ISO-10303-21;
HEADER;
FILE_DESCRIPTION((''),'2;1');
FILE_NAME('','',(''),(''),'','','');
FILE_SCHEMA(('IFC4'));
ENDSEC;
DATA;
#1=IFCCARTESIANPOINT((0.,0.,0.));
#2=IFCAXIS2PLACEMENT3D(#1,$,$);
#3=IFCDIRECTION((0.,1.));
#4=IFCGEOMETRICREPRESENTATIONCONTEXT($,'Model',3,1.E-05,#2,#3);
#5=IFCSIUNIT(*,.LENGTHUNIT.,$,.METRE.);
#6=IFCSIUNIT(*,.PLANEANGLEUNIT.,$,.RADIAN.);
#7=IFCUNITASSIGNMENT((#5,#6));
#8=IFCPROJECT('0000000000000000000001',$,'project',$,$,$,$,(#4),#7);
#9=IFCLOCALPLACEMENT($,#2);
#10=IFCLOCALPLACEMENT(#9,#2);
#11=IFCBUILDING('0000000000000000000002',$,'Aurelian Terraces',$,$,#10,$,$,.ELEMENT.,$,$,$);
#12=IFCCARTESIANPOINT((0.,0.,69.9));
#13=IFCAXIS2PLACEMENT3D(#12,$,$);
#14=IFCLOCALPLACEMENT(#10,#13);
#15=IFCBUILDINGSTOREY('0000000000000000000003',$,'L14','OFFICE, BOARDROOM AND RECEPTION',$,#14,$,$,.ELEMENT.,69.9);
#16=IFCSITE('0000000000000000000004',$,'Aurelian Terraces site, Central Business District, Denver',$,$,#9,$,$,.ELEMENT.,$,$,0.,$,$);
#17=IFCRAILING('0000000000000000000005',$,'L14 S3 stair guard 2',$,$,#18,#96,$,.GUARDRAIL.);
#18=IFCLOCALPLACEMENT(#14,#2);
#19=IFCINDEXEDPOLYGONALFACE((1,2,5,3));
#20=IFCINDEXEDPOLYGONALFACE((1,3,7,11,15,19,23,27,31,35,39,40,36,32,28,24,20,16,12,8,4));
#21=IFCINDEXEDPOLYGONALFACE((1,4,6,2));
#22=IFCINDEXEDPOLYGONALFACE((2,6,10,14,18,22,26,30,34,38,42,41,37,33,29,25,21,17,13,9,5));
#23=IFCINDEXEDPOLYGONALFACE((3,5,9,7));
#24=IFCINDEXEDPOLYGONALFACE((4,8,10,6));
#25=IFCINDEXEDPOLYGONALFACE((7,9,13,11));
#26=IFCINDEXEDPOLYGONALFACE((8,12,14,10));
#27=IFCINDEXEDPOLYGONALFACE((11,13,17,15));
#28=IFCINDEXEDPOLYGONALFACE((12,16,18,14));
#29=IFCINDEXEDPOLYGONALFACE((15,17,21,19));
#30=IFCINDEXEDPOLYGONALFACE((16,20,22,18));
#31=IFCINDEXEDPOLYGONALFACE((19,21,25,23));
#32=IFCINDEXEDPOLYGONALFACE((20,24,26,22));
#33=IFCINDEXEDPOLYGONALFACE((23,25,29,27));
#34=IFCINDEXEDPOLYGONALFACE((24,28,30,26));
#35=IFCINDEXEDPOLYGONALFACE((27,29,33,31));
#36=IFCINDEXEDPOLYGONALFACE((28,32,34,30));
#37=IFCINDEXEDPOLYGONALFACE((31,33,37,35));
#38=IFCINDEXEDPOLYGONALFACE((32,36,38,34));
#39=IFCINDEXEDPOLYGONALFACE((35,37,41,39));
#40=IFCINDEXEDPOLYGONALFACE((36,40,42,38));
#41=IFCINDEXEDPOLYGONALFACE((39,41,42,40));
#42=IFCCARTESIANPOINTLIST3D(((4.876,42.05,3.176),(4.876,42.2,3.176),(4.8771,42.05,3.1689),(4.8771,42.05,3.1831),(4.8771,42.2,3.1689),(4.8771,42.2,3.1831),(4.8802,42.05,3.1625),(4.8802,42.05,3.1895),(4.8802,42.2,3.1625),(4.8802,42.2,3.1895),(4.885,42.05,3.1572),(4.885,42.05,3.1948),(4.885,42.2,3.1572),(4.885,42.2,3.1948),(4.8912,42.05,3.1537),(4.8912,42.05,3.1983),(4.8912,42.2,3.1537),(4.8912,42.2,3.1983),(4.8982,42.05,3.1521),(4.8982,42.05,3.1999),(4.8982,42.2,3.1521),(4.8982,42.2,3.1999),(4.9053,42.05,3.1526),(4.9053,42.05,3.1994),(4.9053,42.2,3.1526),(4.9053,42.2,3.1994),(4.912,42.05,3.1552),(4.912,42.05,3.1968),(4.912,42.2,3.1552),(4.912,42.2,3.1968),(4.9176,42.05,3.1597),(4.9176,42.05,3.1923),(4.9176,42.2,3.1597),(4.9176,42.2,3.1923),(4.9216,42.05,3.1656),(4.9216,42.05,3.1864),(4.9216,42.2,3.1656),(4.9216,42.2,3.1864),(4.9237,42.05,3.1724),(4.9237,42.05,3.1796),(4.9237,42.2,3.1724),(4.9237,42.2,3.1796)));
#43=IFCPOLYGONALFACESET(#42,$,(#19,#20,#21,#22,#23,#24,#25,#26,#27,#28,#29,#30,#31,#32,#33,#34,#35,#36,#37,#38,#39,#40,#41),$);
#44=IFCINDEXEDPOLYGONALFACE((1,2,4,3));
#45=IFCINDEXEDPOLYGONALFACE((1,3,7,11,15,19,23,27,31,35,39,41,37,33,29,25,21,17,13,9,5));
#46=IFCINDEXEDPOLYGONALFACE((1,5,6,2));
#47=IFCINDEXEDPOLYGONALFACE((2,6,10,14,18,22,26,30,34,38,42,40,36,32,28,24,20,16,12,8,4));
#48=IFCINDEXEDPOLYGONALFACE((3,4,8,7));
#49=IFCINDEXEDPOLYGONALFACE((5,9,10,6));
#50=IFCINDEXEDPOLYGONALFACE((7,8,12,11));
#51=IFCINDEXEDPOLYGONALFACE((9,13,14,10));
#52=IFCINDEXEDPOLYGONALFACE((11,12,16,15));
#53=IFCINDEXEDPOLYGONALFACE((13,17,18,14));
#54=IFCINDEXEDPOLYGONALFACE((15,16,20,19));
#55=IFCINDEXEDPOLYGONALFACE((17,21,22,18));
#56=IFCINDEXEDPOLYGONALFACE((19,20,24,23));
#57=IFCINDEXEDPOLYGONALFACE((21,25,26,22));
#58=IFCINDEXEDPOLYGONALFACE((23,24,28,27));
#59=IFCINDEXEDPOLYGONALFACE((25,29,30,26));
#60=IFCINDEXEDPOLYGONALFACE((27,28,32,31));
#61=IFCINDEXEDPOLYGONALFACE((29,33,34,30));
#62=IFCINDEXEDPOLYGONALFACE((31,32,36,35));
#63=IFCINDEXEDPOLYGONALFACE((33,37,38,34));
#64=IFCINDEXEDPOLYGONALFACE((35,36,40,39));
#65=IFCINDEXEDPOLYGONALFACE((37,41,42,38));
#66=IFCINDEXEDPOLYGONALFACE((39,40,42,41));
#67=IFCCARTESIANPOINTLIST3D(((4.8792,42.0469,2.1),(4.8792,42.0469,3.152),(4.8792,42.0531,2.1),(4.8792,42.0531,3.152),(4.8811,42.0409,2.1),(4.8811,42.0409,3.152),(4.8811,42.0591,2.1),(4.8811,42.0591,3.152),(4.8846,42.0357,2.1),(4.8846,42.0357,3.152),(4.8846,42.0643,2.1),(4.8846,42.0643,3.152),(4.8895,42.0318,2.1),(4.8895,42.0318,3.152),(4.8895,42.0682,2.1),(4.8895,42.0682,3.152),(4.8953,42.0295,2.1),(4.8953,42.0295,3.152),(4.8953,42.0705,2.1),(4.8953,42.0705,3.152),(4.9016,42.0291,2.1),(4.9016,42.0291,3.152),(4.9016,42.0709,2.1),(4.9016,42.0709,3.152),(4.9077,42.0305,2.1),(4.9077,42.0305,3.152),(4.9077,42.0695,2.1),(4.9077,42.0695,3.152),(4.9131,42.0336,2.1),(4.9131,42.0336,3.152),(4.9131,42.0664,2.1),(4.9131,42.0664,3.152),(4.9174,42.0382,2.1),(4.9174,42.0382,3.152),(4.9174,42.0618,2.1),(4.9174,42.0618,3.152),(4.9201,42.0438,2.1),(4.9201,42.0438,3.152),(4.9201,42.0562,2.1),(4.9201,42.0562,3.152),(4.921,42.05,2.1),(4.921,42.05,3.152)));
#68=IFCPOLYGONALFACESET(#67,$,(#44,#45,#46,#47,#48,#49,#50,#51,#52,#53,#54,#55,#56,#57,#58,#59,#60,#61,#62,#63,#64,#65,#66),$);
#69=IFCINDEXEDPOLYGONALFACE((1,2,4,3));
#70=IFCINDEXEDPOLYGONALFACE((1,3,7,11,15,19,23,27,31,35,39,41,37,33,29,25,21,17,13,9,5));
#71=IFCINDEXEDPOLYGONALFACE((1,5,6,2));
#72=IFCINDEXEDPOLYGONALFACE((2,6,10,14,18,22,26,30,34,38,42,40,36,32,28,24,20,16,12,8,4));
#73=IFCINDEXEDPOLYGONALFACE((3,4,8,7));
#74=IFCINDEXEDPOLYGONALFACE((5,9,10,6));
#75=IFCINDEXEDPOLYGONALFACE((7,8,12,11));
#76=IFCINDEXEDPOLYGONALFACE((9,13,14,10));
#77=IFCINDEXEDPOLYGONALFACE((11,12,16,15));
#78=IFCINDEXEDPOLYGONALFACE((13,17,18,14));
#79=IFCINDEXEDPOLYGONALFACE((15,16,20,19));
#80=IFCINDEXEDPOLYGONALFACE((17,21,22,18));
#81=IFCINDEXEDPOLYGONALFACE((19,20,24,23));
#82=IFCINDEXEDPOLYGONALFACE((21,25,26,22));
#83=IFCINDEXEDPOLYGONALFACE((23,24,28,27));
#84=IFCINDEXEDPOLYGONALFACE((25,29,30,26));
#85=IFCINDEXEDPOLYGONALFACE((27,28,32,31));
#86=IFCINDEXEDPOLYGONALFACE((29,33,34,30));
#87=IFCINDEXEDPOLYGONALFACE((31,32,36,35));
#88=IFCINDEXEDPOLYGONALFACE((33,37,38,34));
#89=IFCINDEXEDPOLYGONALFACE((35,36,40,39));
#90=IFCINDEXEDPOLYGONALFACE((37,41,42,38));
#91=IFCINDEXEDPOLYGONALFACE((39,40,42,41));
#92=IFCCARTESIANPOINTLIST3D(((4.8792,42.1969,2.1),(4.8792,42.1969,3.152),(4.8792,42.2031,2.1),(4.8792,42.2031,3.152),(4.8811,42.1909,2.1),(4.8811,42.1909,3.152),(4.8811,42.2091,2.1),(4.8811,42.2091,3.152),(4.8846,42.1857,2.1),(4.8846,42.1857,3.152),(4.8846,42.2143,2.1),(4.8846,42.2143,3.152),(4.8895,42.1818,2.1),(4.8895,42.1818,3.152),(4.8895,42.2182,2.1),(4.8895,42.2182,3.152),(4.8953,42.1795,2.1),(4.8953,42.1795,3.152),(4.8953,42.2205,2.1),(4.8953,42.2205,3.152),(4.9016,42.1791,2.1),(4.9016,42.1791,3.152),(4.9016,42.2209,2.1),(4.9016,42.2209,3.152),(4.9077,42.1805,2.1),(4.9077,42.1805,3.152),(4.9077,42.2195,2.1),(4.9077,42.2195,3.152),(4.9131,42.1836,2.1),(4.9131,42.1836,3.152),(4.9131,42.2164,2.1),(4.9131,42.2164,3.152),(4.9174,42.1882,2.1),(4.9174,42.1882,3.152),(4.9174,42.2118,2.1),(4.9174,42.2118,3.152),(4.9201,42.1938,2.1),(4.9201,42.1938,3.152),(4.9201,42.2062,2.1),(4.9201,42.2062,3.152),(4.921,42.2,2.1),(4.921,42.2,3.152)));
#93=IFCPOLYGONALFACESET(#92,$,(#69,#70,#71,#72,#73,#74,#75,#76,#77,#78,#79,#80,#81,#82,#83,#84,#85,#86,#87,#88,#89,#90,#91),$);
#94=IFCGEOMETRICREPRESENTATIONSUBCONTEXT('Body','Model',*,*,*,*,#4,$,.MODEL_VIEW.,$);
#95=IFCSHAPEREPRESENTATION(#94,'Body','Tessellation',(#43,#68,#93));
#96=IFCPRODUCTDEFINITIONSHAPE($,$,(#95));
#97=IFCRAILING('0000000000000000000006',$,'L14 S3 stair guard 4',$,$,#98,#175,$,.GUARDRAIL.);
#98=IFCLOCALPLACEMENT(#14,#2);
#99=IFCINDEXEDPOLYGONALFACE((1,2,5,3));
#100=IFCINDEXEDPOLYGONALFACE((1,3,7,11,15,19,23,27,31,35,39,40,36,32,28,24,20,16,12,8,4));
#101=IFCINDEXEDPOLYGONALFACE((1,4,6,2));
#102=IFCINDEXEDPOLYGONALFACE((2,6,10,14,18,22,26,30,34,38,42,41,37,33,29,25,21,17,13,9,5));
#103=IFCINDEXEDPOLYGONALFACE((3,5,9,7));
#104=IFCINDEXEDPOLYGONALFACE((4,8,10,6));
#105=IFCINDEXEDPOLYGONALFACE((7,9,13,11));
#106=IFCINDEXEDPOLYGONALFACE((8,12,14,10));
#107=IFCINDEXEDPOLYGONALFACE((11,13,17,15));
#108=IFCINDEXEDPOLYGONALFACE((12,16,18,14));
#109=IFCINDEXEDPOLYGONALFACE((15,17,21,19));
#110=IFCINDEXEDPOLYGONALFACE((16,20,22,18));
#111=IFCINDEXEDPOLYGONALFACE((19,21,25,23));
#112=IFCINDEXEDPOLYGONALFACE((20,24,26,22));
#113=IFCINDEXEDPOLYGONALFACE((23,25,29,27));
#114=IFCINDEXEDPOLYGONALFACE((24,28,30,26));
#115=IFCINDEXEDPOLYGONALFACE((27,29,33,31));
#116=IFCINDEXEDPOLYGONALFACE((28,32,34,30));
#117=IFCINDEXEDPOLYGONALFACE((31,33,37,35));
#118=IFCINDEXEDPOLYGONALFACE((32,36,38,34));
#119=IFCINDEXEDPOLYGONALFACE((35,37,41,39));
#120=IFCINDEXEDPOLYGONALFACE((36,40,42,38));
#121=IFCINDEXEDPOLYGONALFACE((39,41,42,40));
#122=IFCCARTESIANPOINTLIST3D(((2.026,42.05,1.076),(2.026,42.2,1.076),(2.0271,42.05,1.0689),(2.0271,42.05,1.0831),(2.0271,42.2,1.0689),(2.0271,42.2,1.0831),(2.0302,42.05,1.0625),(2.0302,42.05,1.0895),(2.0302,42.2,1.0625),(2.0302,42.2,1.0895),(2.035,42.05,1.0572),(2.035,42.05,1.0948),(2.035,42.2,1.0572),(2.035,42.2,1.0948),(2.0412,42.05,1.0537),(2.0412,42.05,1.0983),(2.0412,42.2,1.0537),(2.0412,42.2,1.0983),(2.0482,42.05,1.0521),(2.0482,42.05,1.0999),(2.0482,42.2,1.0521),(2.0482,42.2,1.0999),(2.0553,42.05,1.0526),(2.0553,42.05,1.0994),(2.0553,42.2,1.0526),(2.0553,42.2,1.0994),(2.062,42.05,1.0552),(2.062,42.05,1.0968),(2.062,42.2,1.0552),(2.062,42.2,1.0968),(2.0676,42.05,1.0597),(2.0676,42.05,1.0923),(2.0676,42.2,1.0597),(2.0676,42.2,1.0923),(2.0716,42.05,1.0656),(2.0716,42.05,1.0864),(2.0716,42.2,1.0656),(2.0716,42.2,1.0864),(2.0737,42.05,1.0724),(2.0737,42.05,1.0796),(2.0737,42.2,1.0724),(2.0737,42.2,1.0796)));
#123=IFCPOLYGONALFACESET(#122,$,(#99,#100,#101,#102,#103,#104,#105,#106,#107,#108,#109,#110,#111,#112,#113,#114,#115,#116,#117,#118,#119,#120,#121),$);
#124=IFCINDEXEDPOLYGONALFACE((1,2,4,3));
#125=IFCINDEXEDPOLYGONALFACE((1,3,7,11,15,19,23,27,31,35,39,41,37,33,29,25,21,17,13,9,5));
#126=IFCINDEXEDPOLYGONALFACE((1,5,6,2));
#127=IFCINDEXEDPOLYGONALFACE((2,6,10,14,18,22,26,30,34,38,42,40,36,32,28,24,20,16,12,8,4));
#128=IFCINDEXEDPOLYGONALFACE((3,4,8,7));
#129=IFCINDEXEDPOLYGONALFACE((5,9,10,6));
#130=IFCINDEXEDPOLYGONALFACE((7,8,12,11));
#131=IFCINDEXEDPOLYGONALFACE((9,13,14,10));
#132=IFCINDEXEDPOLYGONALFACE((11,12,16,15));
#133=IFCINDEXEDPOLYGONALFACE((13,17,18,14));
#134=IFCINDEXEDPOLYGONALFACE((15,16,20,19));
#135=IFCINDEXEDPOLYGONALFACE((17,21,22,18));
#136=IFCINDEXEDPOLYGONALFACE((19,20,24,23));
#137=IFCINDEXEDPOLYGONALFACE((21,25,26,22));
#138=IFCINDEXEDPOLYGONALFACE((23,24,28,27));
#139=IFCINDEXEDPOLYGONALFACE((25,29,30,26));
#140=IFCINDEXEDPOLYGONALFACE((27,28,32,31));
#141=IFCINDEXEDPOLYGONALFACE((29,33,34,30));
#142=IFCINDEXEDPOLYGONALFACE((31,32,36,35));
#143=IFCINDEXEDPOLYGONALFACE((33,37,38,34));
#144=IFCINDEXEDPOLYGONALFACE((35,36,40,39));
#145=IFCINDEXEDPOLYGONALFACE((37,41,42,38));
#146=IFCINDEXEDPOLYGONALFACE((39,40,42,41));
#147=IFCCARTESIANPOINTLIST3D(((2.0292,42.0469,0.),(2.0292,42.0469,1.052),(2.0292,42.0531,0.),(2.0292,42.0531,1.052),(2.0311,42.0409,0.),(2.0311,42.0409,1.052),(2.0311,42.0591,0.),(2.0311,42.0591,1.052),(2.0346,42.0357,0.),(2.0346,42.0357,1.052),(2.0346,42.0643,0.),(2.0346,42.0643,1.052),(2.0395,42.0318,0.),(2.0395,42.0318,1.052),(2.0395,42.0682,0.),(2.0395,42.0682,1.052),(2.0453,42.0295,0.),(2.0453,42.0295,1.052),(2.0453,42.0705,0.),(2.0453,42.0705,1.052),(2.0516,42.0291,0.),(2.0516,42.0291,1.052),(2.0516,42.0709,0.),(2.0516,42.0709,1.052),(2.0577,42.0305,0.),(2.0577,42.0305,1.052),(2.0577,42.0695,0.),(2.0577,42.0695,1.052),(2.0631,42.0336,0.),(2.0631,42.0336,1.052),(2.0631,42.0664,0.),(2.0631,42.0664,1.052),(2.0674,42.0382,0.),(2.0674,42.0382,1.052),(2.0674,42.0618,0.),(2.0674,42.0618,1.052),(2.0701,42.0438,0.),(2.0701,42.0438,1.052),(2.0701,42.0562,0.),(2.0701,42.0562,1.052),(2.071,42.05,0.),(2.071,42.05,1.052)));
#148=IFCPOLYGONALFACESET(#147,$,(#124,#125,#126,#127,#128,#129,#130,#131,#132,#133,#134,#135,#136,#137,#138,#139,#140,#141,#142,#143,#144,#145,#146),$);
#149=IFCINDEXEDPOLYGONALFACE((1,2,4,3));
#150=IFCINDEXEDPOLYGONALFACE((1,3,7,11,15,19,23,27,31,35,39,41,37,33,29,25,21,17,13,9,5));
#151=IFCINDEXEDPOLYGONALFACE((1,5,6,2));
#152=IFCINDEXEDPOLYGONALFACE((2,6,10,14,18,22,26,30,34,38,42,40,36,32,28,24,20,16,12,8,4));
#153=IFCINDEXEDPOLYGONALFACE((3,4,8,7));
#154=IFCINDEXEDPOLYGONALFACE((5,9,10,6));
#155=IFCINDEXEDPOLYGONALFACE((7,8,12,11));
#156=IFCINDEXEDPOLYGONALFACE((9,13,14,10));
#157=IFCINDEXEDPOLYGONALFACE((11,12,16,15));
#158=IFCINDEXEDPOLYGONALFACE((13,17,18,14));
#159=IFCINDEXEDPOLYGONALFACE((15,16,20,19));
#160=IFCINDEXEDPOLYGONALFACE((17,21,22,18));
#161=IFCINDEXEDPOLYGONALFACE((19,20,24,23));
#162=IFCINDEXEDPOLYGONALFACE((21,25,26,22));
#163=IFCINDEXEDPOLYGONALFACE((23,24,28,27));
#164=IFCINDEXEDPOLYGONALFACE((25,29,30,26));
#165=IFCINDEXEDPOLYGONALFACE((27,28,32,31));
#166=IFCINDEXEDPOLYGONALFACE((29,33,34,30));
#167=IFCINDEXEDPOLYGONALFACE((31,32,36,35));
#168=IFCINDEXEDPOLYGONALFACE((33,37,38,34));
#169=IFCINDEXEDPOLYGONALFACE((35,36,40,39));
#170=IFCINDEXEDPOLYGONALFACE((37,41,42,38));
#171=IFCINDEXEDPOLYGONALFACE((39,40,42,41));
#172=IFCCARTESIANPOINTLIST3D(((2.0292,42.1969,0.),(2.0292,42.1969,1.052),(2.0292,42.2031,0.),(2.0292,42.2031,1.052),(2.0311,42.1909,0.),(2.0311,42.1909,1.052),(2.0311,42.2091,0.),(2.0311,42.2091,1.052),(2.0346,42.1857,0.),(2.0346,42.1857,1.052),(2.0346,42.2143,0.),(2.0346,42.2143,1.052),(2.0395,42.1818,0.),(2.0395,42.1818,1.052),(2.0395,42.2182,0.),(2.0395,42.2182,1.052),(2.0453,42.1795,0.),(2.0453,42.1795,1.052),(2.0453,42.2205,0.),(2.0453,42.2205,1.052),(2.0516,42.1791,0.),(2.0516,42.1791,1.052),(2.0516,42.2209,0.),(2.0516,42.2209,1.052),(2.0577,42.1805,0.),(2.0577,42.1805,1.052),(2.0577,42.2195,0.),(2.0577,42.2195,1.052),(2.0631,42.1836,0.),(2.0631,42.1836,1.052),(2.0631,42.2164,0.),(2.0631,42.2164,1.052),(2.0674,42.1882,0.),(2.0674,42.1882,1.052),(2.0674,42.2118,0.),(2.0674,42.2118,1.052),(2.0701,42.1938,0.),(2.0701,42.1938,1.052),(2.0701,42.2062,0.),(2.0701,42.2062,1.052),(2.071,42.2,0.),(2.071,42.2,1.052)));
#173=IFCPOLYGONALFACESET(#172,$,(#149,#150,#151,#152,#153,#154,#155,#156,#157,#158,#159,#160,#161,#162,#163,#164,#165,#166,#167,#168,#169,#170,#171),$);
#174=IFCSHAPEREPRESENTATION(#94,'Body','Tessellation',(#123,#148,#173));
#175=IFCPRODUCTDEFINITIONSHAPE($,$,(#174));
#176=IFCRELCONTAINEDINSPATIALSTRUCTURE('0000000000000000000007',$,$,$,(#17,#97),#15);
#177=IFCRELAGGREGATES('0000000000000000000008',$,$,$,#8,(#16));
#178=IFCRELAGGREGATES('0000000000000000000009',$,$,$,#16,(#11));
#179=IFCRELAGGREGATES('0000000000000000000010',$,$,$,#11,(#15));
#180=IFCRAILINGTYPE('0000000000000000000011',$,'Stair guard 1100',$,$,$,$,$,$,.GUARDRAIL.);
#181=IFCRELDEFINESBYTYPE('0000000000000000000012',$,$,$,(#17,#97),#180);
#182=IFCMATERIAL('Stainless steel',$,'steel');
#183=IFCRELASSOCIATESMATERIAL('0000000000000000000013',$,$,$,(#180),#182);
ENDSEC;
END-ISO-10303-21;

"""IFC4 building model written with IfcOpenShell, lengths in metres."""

from ifc_helpers import new_model, si_unit, direction, frame, origin, origin_2d, place, context, subcontext, project, spatial, circle, extrude, source, transform, mapped, material, type_object, element, save


model = new_model("IFC4")

# Units and contexts
model_context = context("Model", 3, precision=1e-05, world=origin(), true_north=direction((0.0, 1.0)))
body_context = subcontext(model_context, "Body", "Model", "MODEL_VIEW")
ifc_project = project(units=[si_unit("LENGTHUNIT", "METRE"), si_unit("PLANEANGLEUNIT", "RADIAN")], contexts=[model_context])

# Site, building, storey
site_placement = place(None, origin())
site = spatial("IfcSite", under=ifc_project, at=site_placement, Name="Aurelian Terraces site, Central Business District, Denver", CompositionType="ELEMENT", RefElevation=0.0)
building_placement = place(site_placement, origin())
building = spatial("IfcBuilding", under=site, at=building_placement, Name="Aurelian Terraces", CompositionType="ELEMENT")
storey_placement = place(building_placement, frame((0.0, 0.0, 69.9)))
storey = spatial("IfcBuildingStorey", under=building, at=storey_placement, Name="L14", Description="OFFICE, BOARDROOM AND RECEPTION", CompositionType="ELEMENT", Elevation=69.9)

# Railings
ifc_material_1 = material(Name="Stainless steel", Category="steel")
railing_type_1 = type_object("IfcRailingType", Name="Stair guard 1100", PredefinedType="GUARDRAIL", material=ifc_material_1)
shared_shape_1 = source(origin(), body_context, "Body", "SweptSolid", [
    extrude(circle(Radius=0.024, at=origin_2d()), frame((0.0, 0.0, 1.076), z_axis=(0.0, 1.0, 0.0), x_axis=(-1.0, 0.0, 0.0)), (0.0, 0.0, 1.0), 0.15),
    extrude(circle(Radius=0.021, at=origin_2d()), origin(), (0.0, 0.0, 1.0), 1.052),
    extrude(circle(Radius=0.021, at=origin_2d()), frame((0.0, 0.15, 0.0)), (0.0, 0.0, 1.0), 1.052),
])
for number, where, name in (
    (1, (4.9, 42.05, 2.1), "L14 S3 stair guard 2"),
    (2, (2.05, 42.05, 0.0), "L14 S3 stair guard 4"),
):
    element("IfcRailing", number, at=place(storey_placement, frame(where)), inside=storey, type_object=railing_type_1, Name=name, PredefinedType="GUARDRAIL", context=body_context, shape_type="MappedRepresentation", body=[
        mapped(shared_shape_1, transform((0.0, 0.0, 0.0), scale=1.0)),
    ])

save(model, "model.ifc")
